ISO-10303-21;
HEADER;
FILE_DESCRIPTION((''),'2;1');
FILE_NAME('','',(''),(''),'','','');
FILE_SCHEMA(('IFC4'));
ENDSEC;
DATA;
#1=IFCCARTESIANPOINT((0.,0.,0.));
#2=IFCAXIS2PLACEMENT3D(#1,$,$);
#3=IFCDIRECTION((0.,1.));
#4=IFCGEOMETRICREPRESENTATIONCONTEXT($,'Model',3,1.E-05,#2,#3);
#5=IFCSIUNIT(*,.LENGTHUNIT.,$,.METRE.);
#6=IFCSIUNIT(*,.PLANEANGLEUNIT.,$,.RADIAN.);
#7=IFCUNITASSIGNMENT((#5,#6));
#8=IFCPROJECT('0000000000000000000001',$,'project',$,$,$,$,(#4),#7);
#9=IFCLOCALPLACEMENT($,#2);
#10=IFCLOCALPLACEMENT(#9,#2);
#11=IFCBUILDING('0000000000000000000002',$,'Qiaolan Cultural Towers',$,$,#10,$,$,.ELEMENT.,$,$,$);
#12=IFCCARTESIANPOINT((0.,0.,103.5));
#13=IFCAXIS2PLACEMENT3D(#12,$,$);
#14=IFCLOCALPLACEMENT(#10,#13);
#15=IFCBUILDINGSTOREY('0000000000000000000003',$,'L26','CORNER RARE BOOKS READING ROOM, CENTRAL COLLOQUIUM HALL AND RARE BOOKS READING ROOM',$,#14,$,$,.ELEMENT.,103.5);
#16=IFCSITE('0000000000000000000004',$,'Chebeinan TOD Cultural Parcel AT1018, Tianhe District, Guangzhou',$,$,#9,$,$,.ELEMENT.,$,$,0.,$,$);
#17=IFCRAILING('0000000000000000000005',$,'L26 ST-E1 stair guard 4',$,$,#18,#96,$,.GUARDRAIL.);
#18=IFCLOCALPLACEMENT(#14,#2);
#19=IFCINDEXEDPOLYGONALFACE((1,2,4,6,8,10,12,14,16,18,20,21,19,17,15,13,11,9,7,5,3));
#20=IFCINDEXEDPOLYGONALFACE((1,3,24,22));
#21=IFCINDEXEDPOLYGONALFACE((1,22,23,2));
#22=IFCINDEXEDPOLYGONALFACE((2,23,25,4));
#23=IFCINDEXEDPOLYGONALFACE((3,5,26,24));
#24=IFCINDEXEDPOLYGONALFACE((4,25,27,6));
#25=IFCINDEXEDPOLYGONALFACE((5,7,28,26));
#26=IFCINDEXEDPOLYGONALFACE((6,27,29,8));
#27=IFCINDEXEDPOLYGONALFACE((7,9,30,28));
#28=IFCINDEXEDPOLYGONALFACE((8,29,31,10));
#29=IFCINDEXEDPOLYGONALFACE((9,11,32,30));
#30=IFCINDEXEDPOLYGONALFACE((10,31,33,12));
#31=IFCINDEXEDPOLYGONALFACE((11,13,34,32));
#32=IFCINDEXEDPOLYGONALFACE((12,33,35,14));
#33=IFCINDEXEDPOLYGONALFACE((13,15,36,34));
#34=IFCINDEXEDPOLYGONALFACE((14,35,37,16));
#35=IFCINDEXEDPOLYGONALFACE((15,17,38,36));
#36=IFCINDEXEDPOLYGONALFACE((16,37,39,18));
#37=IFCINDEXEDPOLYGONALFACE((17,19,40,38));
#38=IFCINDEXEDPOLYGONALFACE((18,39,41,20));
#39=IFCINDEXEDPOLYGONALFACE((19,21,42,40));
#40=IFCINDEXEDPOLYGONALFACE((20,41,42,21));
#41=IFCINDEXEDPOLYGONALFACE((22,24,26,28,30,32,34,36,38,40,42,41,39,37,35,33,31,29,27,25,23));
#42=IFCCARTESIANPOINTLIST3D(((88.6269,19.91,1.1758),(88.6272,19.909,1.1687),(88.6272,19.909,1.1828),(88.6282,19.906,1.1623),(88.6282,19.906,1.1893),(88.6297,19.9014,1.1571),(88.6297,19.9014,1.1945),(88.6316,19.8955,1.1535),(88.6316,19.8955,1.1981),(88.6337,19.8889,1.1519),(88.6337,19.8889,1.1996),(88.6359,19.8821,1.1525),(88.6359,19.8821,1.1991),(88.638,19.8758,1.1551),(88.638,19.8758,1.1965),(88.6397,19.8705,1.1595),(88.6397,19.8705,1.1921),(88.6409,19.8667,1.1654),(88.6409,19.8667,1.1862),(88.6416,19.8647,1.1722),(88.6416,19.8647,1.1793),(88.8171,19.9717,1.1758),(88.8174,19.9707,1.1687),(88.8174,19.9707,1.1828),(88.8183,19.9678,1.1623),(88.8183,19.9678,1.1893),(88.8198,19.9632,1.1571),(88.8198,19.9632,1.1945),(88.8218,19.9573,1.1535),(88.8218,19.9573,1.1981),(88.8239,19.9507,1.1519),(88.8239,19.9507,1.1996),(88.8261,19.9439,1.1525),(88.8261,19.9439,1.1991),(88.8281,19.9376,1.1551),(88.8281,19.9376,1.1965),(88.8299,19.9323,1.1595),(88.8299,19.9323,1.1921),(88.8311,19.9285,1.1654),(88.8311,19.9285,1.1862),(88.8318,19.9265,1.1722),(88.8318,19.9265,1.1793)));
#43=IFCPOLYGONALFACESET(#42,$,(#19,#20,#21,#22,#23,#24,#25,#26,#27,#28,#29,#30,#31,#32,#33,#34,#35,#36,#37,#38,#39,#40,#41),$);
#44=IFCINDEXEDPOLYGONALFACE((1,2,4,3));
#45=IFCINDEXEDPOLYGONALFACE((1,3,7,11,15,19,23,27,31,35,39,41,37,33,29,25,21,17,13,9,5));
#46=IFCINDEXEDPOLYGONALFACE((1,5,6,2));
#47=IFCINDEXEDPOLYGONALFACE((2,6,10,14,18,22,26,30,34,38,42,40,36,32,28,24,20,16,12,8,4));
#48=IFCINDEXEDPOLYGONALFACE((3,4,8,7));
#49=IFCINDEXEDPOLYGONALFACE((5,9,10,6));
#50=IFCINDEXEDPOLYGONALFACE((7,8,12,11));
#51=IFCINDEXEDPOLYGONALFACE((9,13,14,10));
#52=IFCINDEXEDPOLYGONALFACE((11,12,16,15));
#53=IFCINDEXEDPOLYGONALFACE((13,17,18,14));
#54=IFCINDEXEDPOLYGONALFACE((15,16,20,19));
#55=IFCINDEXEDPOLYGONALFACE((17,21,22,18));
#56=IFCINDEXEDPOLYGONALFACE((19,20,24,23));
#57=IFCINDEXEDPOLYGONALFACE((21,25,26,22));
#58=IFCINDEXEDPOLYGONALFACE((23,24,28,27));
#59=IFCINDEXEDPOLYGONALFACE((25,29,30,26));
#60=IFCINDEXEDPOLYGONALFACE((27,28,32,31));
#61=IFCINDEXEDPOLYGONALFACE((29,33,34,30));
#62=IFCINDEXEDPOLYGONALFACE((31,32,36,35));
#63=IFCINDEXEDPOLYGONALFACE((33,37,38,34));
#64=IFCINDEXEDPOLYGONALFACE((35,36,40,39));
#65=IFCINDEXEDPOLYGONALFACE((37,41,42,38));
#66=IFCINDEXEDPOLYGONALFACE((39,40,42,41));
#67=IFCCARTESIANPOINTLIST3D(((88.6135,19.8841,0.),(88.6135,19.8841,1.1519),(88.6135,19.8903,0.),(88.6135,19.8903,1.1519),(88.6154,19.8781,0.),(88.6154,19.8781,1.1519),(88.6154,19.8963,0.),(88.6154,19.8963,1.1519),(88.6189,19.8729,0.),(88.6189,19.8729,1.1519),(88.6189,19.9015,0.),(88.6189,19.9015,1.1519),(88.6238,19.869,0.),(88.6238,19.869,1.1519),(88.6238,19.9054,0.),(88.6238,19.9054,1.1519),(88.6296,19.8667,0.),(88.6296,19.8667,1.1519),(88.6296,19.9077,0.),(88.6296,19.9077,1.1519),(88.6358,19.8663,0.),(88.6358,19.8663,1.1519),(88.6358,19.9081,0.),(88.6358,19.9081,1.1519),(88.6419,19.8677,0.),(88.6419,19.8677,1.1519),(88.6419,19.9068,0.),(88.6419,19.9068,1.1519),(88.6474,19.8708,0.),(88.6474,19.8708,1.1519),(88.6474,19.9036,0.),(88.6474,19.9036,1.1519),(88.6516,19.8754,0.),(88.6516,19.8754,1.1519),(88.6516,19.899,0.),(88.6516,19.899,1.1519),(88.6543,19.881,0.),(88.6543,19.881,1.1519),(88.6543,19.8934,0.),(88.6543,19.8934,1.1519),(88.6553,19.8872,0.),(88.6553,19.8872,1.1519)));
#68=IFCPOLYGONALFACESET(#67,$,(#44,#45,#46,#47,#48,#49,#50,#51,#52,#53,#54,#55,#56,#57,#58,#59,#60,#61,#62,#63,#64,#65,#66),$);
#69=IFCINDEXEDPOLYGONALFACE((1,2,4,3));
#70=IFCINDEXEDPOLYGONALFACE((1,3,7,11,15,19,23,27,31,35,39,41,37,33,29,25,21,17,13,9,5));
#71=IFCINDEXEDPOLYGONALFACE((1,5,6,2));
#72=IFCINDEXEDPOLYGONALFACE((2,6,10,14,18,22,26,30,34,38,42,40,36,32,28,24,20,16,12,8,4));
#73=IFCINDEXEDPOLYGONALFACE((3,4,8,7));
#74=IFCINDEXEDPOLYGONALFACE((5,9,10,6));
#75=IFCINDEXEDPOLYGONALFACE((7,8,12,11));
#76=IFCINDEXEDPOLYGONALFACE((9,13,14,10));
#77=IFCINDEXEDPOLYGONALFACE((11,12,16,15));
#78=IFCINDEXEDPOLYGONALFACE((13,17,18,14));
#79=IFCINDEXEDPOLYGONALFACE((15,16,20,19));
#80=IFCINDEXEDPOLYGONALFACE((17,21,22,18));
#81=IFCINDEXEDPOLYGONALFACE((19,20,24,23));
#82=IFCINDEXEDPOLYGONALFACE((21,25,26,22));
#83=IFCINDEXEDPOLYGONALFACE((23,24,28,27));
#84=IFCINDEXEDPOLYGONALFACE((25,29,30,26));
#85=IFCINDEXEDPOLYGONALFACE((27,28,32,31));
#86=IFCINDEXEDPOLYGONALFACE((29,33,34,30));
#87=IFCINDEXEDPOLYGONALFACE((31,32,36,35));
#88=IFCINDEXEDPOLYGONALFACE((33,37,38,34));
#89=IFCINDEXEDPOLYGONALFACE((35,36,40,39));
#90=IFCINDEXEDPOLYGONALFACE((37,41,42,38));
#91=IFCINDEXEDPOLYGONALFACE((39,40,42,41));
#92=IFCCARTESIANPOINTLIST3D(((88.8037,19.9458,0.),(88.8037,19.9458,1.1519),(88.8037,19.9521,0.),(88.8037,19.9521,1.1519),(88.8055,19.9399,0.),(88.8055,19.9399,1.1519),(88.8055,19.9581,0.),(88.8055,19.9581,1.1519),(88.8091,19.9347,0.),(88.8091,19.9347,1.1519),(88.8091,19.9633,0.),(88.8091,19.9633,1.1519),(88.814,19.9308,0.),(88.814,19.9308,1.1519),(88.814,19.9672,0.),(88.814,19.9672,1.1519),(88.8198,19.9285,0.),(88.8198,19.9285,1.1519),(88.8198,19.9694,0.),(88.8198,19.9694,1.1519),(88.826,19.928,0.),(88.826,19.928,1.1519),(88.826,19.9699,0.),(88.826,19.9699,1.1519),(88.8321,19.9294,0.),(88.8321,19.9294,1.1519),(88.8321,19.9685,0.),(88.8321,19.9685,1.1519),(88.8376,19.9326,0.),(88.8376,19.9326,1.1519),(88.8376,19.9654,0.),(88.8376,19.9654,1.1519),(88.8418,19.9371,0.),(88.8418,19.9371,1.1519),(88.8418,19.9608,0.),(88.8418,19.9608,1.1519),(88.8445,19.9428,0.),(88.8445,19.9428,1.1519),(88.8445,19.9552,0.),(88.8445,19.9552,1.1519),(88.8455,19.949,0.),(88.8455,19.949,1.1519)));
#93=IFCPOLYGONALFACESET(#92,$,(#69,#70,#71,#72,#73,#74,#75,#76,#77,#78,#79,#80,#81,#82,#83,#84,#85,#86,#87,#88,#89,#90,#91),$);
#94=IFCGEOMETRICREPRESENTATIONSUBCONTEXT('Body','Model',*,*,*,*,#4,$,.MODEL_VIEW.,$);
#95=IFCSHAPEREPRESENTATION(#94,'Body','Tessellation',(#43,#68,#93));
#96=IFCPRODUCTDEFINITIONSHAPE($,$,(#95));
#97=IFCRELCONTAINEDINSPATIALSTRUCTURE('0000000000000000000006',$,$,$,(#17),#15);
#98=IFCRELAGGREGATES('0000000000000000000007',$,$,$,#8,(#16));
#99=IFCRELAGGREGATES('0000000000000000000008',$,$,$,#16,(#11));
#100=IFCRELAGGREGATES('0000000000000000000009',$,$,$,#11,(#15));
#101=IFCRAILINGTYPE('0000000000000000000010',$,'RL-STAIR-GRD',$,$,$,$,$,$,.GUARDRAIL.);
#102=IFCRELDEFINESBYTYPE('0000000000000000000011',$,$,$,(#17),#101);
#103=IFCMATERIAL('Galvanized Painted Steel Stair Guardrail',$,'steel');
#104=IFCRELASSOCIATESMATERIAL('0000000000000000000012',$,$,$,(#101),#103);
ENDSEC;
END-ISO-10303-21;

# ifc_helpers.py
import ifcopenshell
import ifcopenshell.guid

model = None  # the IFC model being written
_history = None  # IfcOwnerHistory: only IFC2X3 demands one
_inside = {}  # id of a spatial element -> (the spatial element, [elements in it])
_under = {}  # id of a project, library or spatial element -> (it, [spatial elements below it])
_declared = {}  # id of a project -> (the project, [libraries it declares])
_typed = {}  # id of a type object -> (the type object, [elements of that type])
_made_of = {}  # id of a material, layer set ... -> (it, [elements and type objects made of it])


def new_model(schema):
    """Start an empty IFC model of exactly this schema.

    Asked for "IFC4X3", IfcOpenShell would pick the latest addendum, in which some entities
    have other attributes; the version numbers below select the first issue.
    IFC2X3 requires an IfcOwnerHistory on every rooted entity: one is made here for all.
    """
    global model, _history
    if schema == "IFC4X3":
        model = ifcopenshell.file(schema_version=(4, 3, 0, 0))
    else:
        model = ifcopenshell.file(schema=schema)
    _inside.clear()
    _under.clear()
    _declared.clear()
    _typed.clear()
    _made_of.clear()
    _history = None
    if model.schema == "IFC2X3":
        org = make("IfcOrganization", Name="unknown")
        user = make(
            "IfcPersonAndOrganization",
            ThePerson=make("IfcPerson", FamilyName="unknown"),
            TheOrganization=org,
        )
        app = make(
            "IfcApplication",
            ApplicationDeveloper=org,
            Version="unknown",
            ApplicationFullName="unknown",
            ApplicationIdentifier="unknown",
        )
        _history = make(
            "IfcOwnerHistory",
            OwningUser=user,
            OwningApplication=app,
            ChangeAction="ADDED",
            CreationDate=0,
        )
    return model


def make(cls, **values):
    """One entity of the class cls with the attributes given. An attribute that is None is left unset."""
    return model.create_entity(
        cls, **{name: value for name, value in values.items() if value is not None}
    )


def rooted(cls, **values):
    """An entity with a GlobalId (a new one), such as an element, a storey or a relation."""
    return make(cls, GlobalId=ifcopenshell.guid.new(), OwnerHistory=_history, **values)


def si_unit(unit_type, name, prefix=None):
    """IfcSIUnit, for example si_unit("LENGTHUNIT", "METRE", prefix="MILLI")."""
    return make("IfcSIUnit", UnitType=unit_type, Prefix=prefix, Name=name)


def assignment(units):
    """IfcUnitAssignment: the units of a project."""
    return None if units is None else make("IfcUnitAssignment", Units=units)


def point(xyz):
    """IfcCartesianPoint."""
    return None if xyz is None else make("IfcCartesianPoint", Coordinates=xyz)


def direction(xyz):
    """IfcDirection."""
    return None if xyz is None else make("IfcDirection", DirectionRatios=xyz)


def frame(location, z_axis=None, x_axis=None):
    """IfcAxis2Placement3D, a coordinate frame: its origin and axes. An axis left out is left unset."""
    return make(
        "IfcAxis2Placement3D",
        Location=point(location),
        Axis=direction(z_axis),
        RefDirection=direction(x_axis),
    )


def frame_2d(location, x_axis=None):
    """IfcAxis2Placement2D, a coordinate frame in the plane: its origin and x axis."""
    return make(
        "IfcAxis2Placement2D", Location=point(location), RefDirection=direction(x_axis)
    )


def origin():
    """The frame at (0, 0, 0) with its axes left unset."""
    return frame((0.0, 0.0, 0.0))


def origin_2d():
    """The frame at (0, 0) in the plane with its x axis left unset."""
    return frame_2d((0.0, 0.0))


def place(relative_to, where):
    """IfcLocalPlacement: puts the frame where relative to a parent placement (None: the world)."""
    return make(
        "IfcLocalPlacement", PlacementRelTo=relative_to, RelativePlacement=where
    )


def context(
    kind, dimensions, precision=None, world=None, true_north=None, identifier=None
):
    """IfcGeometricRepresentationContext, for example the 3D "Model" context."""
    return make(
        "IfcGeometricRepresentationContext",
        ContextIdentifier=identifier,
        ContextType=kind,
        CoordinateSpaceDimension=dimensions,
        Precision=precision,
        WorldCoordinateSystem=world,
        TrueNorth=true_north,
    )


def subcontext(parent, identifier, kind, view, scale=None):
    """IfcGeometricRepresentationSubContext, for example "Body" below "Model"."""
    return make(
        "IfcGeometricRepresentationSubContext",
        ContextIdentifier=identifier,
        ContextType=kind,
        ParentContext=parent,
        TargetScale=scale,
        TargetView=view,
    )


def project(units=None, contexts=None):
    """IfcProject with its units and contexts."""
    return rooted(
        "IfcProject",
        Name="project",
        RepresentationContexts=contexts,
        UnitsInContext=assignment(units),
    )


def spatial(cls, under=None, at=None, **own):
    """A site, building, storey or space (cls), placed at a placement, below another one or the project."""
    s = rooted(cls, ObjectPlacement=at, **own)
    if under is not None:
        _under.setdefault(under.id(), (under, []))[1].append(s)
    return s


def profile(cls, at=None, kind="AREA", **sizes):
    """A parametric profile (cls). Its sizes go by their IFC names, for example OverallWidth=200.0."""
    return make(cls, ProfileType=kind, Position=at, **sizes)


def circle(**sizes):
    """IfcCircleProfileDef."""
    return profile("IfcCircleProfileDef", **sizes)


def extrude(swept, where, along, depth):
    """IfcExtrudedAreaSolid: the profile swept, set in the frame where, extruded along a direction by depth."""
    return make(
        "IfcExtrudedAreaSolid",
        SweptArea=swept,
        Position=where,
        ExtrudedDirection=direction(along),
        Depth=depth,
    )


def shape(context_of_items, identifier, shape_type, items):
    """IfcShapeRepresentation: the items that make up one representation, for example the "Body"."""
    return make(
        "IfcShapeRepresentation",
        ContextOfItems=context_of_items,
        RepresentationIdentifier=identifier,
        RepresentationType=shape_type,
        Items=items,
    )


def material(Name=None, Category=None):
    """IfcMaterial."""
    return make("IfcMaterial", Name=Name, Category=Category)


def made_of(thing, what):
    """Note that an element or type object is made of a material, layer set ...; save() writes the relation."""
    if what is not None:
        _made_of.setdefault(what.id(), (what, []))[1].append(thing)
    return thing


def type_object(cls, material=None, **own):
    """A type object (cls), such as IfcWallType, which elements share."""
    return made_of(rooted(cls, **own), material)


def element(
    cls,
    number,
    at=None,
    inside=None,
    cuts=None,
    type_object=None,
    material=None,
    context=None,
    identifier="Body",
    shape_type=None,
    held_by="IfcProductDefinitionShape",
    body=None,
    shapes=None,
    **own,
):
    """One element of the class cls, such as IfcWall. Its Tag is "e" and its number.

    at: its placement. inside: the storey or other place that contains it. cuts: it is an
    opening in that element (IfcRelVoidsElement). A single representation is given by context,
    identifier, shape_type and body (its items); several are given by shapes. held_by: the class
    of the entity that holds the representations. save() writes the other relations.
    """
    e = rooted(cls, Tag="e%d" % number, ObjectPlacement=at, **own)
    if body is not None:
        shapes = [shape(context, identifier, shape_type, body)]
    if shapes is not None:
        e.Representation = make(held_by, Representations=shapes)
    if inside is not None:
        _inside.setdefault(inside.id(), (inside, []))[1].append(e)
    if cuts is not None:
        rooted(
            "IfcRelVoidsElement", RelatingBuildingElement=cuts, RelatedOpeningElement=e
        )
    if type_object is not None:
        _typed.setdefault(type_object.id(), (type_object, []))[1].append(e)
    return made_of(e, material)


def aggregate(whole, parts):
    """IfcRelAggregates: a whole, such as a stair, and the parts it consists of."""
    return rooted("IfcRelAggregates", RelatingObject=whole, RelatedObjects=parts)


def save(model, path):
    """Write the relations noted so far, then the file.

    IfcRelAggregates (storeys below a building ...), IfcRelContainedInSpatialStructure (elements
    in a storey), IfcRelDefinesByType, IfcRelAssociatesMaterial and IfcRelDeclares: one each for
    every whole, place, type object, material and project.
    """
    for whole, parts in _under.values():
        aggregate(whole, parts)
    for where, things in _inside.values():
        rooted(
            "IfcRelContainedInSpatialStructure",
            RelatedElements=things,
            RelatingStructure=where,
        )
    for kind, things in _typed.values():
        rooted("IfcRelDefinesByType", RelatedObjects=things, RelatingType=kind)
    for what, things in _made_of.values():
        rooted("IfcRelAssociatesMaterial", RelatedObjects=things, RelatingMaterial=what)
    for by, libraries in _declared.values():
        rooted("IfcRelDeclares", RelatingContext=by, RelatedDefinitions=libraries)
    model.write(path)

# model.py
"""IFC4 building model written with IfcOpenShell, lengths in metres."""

from ifc_helpers import new_model, si_unit, direction, frame, origin, origin_2d, place, context, subcontext, project, spatial, circle, extrude, material, type_object, element, save


model = new_model("IFC4")

# Units and contexts
model_context = context("Model", 3, precision=1e-05, world=origin(), true_north=direction((0.0, 1.0)))
body_context = subcontext(model_context, "Body", "Model", "MODEL_VIEW")
ifc_project = project(units=[si_unit("LENGTHUNIT", "METRE"), si_unit("PLANEANGLEUNIT", "RADIAN")], contexts=[model_context])

# Site, building, storey
site_placement = place(None, origin())
site = spatial("IfcSite", under=ifc_project, at=site_placement, Name="Chebeinan TOD Cultural Parcel AT1018, Tianhe District, Guangzhou", CompositionType="ELEMENT", RefElevation=0.0)
building_placement = place(site_placement, origin())
building = spatial("IfcBuilding", under=site, at=building_placement, Name="Qiaolan Cultural Towers", CompositionType="ELEMENT")
storey_placement = place(building_placement, frame((0.0, 0.0, 103.5)))
storey = spatial("IfcBuildingStorey", under=building, at=storey_placement, Name="L26", Description="CORNER RARE BOOKS READING ROOM, CENTRAL COLLOQUIUM HALL AND RARE BOOKS READING ROOM", CompositionType="ELEMENT", Elevation=103.5)

# Railing
ifc_material_1 = material(Name="Galvanized Painted Steel Stair Guardrail", Category="steel")
railing_type_1 = type_object("IfcRailingType", Name="RL-STAIR-GRD", PredefinedType="GUARDRAIL", material=ifc_material_1)
railing_1_placement = place(storey_placement, frame((88.6343, 19.8872, 0.0)))
element("IfcRailing", 1, at=railing_1_placement, inside=storey, type_object=railing_type_1, Name="L26 ST-E1 stair guard 4", PredefinedType="GUARDRAIL", context=body_context, shape_type="SweptSolid", body=[
    extrude(circle(Radius=0.0239, at=origin_2d()), frame((0.0, 0.0, 1.1758), z_axis=(0.951097, 0.308893, 0.0), x_axis=(-0.308893, 0.951097, 0.0)), (0.0, 0.0, 1.0), 0.2),
    extrude(circle(Radius=0.021, at=origin_2d()), origin(), (0.0, 0.0, 1.0), 1.1519),
    extrude(circle(Radius=0.021, at=origin_2d()), frame((0.1902, 0.0618, 0.0)), (0.0, 0.0, 1.0), 1.1519),
])

save(model, "model.ifc")
